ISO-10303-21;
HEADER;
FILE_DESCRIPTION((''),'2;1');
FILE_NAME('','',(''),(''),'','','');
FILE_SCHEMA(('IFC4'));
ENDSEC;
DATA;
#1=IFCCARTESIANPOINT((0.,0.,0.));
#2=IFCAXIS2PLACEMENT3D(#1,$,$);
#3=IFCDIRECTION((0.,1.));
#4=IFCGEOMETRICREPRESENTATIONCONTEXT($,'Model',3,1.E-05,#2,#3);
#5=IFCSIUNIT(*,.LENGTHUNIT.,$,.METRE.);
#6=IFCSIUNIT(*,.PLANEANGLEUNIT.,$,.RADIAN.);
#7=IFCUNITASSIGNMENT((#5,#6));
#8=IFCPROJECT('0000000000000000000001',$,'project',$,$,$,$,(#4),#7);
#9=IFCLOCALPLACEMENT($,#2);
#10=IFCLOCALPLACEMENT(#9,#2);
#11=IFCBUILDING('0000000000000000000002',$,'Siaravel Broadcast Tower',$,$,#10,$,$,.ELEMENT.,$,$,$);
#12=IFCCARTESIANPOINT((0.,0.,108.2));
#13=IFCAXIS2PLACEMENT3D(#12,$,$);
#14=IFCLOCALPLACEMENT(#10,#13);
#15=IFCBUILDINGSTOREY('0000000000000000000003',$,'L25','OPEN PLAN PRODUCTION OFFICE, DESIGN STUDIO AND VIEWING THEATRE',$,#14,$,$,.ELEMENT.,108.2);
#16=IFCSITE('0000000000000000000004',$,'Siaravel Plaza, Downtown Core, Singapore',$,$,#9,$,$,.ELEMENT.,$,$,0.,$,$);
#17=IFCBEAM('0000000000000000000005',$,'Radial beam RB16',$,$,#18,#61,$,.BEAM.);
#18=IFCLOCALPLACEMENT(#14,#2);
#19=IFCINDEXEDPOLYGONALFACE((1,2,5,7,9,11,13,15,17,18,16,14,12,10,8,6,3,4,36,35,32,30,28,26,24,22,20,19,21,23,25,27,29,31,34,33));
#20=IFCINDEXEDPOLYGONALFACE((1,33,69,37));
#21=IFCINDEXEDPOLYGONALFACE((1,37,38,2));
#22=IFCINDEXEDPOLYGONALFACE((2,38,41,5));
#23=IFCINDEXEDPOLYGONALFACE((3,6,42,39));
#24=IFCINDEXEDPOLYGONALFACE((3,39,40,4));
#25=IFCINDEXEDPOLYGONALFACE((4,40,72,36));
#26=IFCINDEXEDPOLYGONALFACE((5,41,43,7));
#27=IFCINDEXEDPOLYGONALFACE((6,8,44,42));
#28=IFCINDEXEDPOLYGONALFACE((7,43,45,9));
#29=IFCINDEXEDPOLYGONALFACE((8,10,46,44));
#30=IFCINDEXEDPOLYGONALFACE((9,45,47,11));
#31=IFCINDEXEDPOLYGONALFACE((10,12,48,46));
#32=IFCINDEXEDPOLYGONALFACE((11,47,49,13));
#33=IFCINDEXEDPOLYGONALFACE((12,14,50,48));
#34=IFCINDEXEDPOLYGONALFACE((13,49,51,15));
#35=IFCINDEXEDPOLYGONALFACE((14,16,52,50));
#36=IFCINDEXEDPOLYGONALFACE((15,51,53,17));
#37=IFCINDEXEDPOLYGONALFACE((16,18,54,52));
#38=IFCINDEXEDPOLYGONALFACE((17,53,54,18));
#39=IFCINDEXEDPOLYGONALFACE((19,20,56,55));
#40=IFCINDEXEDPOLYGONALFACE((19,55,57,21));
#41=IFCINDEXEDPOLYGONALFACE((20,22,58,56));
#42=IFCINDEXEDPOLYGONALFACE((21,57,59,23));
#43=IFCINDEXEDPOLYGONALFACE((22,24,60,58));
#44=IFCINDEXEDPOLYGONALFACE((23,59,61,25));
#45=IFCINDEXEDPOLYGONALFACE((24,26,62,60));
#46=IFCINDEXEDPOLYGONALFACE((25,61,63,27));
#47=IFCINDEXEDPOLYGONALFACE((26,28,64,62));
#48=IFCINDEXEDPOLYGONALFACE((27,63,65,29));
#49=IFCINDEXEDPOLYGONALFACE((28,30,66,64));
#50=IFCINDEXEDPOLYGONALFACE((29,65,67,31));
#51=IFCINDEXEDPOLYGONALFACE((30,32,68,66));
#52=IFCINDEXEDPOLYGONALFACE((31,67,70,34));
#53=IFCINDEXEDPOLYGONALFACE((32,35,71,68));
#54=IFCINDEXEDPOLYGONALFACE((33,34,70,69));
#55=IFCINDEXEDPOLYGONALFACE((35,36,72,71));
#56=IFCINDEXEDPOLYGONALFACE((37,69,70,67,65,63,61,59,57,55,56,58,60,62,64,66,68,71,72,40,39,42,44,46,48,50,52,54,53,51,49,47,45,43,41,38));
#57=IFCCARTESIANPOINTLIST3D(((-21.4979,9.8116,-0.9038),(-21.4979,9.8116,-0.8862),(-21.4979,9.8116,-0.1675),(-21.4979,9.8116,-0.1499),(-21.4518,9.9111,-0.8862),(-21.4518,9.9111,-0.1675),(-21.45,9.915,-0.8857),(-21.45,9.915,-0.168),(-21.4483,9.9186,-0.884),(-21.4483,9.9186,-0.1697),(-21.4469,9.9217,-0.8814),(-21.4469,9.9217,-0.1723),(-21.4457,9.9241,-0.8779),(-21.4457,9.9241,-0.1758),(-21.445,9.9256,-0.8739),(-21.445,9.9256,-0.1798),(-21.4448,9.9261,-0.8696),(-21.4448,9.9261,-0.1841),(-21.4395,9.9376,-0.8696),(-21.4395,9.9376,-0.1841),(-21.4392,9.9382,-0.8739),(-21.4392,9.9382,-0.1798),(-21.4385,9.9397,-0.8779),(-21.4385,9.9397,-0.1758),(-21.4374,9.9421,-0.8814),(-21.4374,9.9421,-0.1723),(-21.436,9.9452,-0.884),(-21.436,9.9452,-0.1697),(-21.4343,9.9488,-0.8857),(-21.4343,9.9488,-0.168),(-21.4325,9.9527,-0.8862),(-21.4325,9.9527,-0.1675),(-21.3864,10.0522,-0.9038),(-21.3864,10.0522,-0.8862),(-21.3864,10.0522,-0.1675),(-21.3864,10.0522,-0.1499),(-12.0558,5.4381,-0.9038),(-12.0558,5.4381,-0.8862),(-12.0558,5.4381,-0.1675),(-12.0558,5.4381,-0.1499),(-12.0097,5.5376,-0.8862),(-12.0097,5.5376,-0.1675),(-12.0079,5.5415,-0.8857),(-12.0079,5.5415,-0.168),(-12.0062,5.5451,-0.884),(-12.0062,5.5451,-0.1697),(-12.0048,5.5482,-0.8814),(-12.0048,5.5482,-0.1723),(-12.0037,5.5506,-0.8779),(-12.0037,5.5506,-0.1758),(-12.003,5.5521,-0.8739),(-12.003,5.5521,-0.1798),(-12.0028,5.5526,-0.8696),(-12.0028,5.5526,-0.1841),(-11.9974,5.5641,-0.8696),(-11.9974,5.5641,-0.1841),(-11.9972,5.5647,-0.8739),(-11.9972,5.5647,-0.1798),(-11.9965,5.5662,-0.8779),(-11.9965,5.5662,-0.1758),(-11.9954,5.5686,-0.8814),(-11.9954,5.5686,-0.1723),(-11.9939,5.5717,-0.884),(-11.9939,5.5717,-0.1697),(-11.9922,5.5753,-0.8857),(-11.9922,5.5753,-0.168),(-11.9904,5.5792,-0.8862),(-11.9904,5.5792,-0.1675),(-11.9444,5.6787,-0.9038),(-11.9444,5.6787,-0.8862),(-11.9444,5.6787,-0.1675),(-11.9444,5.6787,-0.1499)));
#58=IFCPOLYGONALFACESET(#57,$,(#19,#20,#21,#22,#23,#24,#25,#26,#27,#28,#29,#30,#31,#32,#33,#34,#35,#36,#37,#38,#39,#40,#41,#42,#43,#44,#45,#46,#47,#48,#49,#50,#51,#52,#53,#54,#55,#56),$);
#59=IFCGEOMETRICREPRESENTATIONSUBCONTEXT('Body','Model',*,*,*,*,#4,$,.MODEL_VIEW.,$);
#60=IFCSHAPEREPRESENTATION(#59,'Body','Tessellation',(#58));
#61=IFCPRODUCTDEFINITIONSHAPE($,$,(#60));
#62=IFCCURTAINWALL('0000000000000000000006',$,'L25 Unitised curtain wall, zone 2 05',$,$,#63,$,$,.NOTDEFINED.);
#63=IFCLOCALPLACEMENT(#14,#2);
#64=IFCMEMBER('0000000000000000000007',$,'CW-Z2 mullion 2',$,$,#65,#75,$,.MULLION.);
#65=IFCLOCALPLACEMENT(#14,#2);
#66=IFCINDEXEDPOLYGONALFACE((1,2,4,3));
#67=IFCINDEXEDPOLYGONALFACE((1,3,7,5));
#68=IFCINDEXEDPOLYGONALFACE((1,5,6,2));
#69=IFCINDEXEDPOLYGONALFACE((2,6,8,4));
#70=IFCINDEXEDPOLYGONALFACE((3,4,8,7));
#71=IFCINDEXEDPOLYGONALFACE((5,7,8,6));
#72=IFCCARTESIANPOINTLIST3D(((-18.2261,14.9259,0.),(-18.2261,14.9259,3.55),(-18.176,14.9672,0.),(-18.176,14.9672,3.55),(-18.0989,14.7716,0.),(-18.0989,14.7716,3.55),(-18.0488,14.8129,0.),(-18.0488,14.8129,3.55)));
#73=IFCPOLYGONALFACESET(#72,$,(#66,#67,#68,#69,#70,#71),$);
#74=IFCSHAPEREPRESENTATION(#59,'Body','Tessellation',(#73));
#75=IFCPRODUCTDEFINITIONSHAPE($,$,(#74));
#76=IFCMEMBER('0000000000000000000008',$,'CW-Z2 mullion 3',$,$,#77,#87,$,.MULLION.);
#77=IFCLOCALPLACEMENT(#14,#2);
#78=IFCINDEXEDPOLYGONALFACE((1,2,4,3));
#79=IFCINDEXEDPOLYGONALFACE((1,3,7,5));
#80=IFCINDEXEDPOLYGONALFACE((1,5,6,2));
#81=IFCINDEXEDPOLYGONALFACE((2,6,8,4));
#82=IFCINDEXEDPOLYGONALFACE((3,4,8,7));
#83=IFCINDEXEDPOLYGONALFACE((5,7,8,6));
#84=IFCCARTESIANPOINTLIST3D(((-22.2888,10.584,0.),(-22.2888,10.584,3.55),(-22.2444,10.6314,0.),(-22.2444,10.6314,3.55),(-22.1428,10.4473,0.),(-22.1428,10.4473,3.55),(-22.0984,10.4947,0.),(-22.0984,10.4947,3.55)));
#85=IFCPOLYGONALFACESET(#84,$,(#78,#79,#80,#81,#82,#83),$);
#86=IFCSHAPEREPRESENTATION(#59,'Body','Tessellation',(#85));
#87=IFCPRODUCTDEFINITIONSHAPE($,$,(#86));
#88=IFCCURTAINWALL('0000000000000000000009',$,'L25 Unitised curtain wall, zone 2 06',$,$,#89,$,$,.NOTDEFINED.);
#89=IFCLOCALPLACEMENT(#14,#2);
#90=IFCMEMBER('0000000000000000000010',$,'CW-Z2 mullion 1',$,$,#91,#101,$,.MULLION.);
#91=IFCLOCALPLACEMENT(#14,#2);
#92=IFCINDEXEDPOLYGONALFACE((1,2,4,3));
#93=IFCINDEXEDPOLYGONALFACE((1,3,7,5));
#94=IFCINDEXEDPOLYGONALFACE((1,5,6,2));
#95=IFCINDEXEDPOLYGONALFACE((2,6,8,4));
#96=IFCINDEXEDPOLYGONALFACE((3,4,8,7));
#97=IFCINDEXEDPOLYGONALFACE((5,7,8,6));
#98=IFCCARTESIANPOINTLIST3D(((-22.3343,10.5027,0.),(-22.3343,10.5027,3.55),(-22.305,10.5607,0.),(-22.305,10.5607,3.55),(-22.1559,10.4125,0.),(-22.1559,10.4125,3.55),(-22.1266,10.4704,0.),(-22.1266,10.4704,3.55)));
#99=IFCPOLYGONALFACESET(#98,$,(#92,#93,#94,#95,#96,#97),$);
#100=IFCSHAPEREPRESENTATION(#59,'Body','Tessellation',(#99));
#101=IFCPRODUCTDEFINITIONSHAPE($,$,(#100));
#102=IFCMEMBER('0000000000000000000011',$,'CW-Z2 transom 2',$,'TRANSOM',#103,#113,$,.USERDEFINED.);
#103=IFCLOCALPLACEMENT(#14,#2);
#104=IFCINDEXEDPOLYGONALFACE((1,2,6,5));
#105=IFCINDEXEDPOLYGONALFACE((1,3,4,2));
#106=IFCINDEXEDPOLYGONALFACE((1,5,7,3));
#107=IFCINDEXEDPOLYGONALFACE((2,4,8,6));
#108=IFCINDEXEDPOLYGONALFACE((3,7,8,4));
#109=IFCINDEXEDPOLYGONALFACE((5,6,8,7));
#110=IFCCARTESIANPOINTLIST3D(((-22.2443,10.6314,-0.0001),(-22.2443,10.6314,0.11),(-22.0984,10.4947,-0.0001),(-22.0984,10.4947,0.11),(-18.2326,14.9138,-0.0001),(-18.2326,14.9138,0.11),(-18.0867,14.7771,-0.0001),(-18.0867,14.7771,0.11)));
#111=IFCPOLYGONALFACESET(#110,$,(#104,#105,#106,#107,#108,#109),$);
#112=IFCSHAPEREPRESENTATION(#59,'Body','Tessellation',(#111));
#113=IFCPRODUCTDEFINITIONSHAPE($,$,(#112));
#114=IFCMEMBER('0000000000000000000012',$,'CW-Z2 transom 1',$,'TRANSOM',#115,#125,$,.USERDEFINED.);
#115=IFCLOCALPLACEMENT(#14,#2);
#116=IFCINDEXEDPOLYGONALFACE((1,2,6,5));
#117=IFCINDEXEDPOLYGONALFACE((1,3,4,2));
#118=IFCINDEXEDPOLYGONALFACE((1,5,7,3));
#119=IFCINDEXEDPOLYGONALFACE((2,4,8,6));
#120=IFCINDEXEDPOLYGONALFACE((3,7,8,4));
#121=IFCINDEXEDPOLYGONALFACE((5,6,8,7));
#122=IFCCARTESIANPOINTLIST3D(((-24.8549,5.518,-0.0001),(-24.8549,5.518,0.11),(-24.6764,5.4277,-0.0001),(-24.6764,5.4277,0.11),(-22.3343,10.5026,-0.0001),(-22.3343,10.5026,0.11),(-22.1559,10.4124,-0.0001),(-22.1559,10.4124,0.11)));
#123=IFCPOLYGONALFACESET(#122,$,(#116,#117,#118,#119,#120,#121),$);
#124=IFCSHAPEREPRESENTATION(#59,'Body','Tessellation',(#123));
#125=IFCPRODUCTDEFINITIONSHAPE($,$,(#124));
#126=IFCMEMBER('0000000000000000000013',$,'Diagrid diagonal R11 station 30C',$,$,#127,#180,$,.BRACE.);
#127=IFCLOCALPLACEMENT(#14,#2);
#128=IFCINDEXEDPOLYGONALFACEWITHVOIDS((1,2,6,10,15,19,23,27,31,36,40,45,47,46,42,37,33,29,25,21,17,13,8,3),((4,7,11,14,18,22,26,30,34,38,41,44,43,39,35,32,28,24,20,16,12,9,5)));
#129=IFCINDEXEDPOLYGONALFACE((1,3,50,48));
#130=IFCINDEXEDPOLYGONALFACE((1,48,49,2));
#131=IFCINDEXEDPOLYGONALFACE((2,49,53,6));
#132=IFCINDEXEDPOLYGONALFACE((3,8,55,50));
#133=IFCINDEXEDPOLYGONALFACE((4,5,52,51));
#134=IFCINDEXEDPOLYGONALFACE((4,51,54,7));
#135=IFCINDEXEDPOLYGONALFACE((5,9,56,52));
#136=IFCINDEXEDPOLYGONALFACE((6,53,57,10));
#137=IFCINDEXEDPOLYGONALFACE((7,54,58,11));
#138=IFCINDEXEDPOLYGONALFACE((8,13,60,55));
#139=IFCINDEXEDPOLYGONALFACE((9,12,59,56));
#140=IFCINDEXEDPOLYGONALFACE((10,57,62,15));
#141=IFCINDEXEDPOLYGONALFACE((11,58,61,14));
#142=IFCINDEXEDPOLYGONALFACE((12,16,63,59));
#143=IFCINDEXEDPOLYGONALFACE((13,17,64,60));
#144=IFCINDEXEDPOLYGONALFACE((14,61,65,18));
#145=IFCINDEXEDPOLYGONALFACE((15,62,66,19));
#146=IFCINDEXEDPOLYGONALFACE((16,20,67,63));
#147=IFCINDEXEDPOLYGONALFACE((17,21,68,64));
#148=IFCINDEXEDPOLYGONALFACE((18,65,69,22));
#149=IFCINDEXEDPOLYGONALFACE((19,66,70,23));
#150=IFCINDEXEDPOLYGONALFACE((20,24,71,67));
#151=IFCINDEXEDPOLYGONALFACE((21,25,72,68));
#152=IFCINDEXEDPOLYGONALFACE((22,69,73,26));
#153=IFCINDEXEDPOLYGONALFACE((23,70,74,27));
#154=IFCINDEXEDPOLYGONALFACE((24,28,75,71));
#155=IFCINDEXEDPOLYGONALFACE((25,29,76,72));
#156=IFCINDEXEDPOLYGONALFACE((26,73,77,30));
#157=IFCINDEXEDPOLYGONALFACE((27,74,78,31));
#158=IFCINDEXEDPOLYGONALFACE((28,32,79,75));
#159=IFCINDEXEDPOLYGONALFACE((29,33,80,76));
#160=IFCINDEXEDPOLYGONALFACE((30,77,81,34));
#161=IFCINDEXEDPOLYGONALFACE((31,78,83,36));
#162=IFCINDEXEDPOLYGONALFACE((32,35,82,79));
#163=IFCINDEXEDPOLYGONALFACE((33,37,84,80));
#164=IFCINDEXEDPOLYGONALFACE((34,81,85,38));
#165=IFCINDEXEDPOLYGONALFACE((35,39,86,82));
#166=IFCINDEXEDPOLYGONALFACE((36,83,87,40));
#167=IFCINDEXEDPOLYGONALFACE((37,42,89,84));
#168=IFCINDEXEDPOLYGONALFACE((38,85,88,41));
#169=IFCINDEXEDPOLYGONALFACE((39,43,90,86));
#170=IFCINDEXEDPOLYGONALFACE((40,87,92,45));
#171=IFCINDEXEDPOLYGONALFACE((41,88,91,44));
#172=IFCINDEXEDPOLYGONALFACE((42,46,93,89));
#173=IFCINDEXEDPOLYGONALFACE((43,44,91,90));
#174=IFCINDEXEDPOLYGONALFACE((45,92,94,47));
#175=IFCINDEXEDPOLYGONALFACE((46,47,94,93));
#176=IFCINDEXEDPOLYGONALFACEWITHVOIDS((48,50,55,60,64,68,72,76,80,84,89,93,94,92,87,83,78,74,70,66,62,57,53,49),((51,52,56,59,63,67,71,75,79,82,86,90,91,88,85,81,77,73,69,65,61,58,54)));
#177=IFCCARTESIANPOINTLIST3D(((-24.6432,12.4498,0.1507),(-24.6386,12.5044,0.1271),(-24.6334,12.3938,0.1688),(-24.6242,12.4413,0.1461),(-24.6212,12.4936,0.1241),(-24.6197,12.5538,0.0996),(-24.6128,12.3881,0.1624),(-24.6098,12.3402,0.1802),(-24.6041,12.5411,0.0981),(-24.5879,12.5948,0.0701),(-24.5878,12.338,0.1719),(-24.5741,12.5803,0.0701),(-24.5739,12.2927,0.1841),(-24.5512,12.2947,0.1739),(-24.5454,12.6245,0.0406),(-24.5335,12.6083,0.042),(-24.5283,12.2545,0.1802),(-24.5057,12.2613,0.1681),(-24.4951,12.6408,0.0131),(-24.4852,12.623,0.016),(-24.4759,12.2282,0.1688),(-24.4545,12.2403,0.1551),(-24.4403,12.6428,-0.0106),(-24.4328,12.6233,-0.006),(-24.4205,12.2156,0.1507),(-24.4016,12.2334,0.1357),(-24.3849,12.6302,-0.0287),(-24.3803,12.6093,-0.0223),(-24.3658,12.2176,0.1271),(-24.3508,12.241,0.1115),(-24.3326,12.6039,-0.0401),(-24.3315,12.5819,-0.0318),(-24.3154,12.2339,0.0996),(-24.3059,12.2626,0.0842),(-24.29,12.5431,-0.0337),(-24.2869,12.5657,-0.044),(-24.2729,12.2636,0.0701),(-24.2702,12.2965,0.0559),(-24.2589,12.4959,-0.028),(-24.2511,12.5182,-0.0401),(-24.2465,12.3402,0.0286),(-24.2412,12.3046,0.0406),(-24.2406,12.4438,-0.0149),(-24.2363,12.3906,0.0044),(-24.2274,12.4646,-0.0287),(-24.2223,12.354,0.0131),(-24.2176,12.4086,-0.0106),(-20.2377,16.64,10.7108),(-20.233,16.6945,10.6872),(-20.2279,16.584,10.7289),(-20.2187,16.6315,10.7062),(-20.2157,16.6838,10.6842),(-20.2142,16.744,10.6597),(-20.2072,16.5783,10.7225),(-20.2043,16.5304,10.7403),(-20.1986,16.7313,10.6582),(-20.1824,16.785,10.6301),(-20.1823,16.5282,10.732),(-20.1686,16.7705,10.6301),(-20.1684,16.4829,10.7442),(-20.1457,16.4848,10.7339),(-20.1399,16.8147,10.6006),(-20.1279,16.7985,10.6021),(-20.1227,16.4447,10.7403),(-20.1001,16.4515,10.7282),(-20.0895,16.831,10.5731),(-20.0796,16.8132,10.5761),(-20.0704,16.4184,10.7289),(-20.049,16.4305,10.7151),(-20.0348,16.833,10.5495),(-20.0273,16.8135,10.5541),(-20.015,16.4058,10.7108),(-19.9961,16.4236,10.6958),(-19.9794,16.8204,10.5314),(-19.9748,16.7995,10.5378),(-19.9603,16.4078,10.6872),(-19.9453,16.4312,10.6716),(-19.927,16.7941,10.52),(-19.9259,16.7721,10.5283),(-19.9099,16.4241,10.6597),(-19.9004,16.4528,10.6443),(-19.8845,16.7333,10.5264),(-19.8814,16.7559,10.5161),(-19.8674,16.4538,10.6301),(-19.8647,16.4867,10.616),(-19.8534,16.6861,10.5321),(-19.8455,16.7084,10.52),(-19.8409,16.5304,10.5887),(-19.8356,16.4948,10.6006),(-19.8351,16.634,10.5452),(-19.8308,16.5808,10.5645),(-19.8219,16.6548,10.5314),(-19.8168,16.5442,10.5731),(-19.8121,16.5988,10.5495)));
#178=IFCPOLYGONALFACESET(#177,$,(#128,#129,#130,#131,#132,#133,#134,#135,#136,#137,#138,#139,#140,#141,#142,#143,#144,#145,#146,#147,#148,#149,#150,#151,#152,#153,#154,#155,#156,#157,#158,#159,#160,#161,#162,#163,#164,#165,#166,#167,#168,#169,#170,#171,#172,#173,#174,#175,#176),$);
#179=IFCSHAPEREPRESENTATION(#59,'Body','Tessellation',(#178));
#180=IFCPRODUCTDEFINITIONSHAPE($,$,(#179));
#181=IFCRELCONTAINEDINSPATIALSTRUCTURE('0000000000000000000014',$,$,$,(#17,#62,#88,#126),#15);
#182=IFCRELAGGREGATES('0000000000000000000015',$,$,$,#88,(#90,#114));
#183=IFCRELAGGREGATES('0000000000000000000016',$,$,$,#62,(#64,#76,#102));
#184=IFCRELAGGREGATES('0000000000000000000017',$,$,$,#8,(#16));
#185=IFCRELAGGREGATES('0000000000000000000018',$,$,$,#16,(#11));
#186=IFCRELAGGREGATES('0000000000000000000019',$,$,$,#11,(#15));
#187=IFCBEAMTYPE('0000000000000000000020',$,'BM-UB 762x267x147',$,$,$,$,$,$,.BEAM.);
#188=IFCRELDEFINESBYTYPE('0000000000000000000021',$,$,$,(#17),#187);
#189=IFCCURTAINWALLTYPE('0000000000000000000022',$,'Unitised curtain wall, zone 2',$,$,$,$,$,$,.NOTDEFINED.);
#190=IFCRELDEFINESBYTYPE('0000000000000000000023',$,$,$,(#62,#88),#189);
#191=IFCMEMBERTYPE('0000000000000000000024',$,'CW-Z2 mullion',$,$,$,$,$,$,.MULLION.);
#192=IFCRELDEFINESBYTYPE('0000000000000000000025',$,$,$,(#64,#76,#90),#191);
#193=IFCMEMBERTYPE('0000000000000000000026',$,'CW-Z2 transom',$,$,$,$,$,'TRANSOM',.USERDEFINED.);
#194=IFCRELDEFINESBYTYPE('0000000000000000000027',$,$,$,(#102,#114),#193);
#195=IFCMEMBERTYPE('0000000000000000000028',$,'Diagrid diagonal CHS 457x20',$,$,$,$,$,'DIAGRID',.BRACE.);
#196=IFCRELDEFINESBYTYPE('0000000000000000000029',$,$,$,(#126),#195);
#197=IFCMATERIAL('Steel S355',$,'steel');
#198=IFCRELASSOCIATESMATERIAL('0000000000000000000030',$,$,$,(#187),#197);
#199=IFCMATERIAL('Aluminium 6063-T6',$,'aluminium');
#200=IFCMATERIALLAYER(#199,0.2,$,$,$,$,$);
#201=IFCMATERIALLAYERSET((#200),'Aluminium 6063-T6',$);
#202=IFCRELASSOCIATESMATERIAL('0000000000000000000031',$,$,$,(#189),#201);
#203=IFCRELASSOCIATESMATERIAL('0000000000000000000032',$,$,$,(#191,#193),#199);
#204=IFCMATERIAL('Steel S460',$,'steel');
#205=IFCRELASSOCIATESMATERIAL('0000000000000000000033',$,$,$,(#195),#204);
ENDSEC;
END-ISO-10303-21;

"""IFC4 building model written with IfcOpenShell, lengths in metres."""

from ifc_helpers import new_model, si_unit, direction, frame, origin, origin_2d, place, context, subcontext, project, spatial, rectangle, hollow_circle, i_section, extrude, material, layer, layer_set, material_profile, profile_set, type_object, element, aggregate, save


model = new_model("IFC4")

# Units and contexts
model_context = context("Model", 3, precision=1e-05, world=origin(), true_north=direction((0.0, 1.0)))
body_context = subcontext(model_context, "Body", "Model", "MODEL_VIEW")
ifc_project = project(units=[si_unit("LENGTHUNIT", "METRE"), si_unit("PLANEANGLEUNIT", "RADIAN")], contexts=[model_context])

# Site, building, storey
site_placement = place(None, origin())
site = spatial("IfcSite", under=ifc_project, at=site_placement, Name="Siaravel Plaza, Downtown Core, Singapore", CompositionType="ELEMENT", RefElevation=0.0)
building_placement = place(site_placement, origin())
building = spatial("IfcBuilding", under=site, at=building_placement, Name="Siaravel Broadcast Tower", CompositionType="ELEMENT")
storey_placement = place(building_placement, frame((0.0, 0.0, 108.2)))
storey = spatial("IfcBuildingStorey", under=building, at=storey_placement, Name="L25", Description="OPEN PLAN PRODUCTION OFFICE, DESIGN STUDIO AND VIEWING THEATRE", CompositionType="ELEMENT", Elevation=108.2)

# Beam
ifc_material_1 = material(Name="Steel S355", Category="steel")
ifc_material_profile_1 = material_profile(ifc_material_1, i_section(OverallWidth=0.2651, OverallDepth=0.7539, WebThickness=0.0127, FlangeThickness=0.0176, FilletRadius=0.0166, at=origin_2d()))
ifc_profile_set_1 = profile_set([ifc_material_profile_1], Name="Steel S355")
beam_type = type_object("IfcBeamType", Name="BM-UB 762x267x147", PredefinedType="BEAM", material=ifc_profile_set_1)
beam_1_placement = place(storey_placement, frame((-21.4421, 9.9319, -0.5269), z_axis=(0.907387, -0.420296, 0.0), x_axis=(0.420296, 0.907387, 0.0)))
element("IfcBeam", 1, at=beam_1_placement, inside=storey, type_object=beam_type, Name="Radial beam RB16", PredefinedType="BEAM", context=body_context, shape_type="SweptSolid", body=[
    extrude(i_section(OverallWidth=0.2651, OverallDepth=0.7539, WebThickness=0.0127, FlangeThickness=0.0176, FilletRadius=0.0166, at=origin_2d()), origin(), (0.0, 0.0, 1.0), 10.4058),
])

# Curtain wall, members
ifc_material_2 = material(Name="Aluminium 6063-T6", Category="aluminium")
ifc_layer_1 = layer(ifc_material_2, 0.2)
ifc_layer_set_1 = layer_set([ifc_layer_1], Name="Aluminium 6063-T6")
curtain_wall_type = type_object("IfcCurtainWallType", Name="Unitised curtain wall, zone 2", PredefinedType="NOTDEFINED", material=ifc_layer_set_1)
curtain_wall_1_placement = place(storey_placement, origin())
curtain_wall_1 = element("IfcCurtainWall", 2, at=curtain_wall_1_placement, inside=storey, type_object=curtain_wall_type, Name="L25 Unitised curtain wall, zone 2 05", PredefinedType="NOTDEFINED")
ifc_material_profile_2 = material_profile(ifc_material_2, rectangle(XDim=0.2, YDim=0.0649, at=origin_2d()))
ifc_profile_set_2 = profile_set([ifc_material_profile_2], Name="Aluminium 6063-T6")
member_type_1 = type_object("IfcMemberType", Name="CW-Z2 mullion", PredefinedType="MULLION", material=ifc_profile_set_2)
member_1_placement = place(storey_placement, frame((-18.1375, 14.8694, 0.0), z_axis=(0.0, 0.0, 1.0), x_axis=(0.636218, -0.771509, 0.0)))
member_1 = element("IfcMember", 3, at=member_1_placement, type_object=member_type_1, Name="CW-Z2 mullion 2", PredefinedType="MULLION", context=body_context, shape_type="SweptSolid", body=[
    extrude(rectangle(XDim=0.2, YDim=0.0649, at=origin_2d()), origin(), (0.0, 0.0, 1.0), 3.55),
])
member_2_placement = place(storey_placement, frame((-22.1936, 10.5393, 0.0), z_axis=(0.0, 0.0, 1.0), x_axis=(0.729805, -0.683655, 0.0)))
member_2 = element("IfcMember", 4, at=member_2_placement, type_object=member_type_1, Name="CW-Z2 mullion 3", PredefinedType="MULLION", context=body_context, shape_type="SweptSolid", body=[
    extrude(rectangle(XDim=0.2, YDim=0.0649, at=origin_2d()), origin(), (0.0, 0.0, 1.0), 3.55),
])

# Curtain wall, member
curtain_wall_2_placement = place(storey_placement, origin())
curtain_wall_2 = element("IfcCurtainWall", 5, at=curtain_wall_2_placement, inside=storey, type_object=curtain_wall_type, Name="L25 Unitised curtain wall, zone 2 06", PredefinedType="NOTDEFINED")
member_3_placement = place(storey_placement, frame((-22.2305, 10.4866, 0.0), z_axis=(0.0, 0.0, 1.0), x_axis=(0.892392, -0.451261, 0.0)))
member_3 = element("IfcMember", 6, at=member_3_placement, type_object=member_type_1, Name="CW-Z2 mullion 1", PredefinedType="MULLION", context=body_context, shape_type="SweptSolid", body=[
    extrude(rectangle(XDim=0.2, YDim=0.0649, at=origin_2d()), origin(), (0.0, 0.0, 1.0), 3.55),
])

# Members
ifc_material_profile_3 = material_profile(ifc_material_2, rectangle(XDim=0.2, YDim=0.1101, at=origin_2d()))
ifc_profile_set_3 = profile_set([ifc_material_profile_3], Name="Aluminium 6063-T6")
member_type_2 = type_object("IfcMemberType", Name="CW-Z2 transom", ElementType="TRANSOM", PredefinedType="USERDEFINED", material=ifc_profile_set_3)
member_4_placement = place(storey_placement, frame((-18.1597, 14.8455, 0.0549), z_axis=(-0.68366, -0.729801, 0.0), x_axis=(0.729801, -0.68366, 0.0)))
member_4 = element("IfcMember", 7, at=member_4_placement, type_object=member_type_2, Name="CW-Z2 transom 2", ObjectType="TRANSOM", PredefinedType="USERDEFINED", context=body_context, shape_type="SweptSolid", body=[
    extrude(rectangle(XDim=0.2, YDim=0.1101, at=origin_2d()), origin(), (0.0, 0.0, 1.0), 5.8679),
])
member_5_placement = place(storey_placement, frame((-22.2451, 10.4575, 0.0549), z_axis=(-0.451248, -0.892399, 0.0), x_axis=(0.892399, -0.451248, 0.0)))
member_5 = element("IfcMember", 8, at=member_5_placement, type_object=member_type_2, Name="CW-Z2 transom 1", ObjectType="TRANSOM", PredefinedType="USERDEFINED", context=body_context, shape_type="SweptSolid", body=[
    extrude(rectangle(XDim=0.2, YDim=0.1101, at=origin_2d()), origin(), (0.0, 0.0, 1.0), 5.5857),
])
aggregate(curtain_wall_2, [member_3, member_5])

# Member
ifc_material_3 = material(Name="Steel S460", Category="steel")
ifc_material_profile_4 = material_profile(ifc_material_3, hollow_circle(Radius=0.2285, WallThickness=0.02, at=origin_2d()))
ifc_profile_set_4 = profile_set([ifc_material_profile_4], Name="Steel S460")
member_type_3 = type_object("IfcMemberType", Name="Diagrid diagonal CHS 457x20", ElementType="DIAGRID", PredefinedType="BRACE", material=ifc_profile_set_4)
member_6_placement = place(storey_placement, frame((-24.4304, 12.4292, 0.0701), z_axis=(0.361544, 0.343873, 0.866624), x_axis=(-0.689177, 0.724593, 0.0)))
element("IfcMember", 9, at=member_6_placement, inside=storey, type_object=member_type_3, Name="Diagrid diagonal R11 station 30C", PredefinedType="BRACE", context=body_context, shape_type="SweptSolid", body=[
    extrude(hollow_circle(Radius=0.2285, WallThickness=0.02, at=origin_2d()), origin(), (0.0, 0.0, 1.0), 12.1853),
])

aggregate(curtain_wall_1, [member_1, member_2, member_4])

save(model, "model.ifc")
